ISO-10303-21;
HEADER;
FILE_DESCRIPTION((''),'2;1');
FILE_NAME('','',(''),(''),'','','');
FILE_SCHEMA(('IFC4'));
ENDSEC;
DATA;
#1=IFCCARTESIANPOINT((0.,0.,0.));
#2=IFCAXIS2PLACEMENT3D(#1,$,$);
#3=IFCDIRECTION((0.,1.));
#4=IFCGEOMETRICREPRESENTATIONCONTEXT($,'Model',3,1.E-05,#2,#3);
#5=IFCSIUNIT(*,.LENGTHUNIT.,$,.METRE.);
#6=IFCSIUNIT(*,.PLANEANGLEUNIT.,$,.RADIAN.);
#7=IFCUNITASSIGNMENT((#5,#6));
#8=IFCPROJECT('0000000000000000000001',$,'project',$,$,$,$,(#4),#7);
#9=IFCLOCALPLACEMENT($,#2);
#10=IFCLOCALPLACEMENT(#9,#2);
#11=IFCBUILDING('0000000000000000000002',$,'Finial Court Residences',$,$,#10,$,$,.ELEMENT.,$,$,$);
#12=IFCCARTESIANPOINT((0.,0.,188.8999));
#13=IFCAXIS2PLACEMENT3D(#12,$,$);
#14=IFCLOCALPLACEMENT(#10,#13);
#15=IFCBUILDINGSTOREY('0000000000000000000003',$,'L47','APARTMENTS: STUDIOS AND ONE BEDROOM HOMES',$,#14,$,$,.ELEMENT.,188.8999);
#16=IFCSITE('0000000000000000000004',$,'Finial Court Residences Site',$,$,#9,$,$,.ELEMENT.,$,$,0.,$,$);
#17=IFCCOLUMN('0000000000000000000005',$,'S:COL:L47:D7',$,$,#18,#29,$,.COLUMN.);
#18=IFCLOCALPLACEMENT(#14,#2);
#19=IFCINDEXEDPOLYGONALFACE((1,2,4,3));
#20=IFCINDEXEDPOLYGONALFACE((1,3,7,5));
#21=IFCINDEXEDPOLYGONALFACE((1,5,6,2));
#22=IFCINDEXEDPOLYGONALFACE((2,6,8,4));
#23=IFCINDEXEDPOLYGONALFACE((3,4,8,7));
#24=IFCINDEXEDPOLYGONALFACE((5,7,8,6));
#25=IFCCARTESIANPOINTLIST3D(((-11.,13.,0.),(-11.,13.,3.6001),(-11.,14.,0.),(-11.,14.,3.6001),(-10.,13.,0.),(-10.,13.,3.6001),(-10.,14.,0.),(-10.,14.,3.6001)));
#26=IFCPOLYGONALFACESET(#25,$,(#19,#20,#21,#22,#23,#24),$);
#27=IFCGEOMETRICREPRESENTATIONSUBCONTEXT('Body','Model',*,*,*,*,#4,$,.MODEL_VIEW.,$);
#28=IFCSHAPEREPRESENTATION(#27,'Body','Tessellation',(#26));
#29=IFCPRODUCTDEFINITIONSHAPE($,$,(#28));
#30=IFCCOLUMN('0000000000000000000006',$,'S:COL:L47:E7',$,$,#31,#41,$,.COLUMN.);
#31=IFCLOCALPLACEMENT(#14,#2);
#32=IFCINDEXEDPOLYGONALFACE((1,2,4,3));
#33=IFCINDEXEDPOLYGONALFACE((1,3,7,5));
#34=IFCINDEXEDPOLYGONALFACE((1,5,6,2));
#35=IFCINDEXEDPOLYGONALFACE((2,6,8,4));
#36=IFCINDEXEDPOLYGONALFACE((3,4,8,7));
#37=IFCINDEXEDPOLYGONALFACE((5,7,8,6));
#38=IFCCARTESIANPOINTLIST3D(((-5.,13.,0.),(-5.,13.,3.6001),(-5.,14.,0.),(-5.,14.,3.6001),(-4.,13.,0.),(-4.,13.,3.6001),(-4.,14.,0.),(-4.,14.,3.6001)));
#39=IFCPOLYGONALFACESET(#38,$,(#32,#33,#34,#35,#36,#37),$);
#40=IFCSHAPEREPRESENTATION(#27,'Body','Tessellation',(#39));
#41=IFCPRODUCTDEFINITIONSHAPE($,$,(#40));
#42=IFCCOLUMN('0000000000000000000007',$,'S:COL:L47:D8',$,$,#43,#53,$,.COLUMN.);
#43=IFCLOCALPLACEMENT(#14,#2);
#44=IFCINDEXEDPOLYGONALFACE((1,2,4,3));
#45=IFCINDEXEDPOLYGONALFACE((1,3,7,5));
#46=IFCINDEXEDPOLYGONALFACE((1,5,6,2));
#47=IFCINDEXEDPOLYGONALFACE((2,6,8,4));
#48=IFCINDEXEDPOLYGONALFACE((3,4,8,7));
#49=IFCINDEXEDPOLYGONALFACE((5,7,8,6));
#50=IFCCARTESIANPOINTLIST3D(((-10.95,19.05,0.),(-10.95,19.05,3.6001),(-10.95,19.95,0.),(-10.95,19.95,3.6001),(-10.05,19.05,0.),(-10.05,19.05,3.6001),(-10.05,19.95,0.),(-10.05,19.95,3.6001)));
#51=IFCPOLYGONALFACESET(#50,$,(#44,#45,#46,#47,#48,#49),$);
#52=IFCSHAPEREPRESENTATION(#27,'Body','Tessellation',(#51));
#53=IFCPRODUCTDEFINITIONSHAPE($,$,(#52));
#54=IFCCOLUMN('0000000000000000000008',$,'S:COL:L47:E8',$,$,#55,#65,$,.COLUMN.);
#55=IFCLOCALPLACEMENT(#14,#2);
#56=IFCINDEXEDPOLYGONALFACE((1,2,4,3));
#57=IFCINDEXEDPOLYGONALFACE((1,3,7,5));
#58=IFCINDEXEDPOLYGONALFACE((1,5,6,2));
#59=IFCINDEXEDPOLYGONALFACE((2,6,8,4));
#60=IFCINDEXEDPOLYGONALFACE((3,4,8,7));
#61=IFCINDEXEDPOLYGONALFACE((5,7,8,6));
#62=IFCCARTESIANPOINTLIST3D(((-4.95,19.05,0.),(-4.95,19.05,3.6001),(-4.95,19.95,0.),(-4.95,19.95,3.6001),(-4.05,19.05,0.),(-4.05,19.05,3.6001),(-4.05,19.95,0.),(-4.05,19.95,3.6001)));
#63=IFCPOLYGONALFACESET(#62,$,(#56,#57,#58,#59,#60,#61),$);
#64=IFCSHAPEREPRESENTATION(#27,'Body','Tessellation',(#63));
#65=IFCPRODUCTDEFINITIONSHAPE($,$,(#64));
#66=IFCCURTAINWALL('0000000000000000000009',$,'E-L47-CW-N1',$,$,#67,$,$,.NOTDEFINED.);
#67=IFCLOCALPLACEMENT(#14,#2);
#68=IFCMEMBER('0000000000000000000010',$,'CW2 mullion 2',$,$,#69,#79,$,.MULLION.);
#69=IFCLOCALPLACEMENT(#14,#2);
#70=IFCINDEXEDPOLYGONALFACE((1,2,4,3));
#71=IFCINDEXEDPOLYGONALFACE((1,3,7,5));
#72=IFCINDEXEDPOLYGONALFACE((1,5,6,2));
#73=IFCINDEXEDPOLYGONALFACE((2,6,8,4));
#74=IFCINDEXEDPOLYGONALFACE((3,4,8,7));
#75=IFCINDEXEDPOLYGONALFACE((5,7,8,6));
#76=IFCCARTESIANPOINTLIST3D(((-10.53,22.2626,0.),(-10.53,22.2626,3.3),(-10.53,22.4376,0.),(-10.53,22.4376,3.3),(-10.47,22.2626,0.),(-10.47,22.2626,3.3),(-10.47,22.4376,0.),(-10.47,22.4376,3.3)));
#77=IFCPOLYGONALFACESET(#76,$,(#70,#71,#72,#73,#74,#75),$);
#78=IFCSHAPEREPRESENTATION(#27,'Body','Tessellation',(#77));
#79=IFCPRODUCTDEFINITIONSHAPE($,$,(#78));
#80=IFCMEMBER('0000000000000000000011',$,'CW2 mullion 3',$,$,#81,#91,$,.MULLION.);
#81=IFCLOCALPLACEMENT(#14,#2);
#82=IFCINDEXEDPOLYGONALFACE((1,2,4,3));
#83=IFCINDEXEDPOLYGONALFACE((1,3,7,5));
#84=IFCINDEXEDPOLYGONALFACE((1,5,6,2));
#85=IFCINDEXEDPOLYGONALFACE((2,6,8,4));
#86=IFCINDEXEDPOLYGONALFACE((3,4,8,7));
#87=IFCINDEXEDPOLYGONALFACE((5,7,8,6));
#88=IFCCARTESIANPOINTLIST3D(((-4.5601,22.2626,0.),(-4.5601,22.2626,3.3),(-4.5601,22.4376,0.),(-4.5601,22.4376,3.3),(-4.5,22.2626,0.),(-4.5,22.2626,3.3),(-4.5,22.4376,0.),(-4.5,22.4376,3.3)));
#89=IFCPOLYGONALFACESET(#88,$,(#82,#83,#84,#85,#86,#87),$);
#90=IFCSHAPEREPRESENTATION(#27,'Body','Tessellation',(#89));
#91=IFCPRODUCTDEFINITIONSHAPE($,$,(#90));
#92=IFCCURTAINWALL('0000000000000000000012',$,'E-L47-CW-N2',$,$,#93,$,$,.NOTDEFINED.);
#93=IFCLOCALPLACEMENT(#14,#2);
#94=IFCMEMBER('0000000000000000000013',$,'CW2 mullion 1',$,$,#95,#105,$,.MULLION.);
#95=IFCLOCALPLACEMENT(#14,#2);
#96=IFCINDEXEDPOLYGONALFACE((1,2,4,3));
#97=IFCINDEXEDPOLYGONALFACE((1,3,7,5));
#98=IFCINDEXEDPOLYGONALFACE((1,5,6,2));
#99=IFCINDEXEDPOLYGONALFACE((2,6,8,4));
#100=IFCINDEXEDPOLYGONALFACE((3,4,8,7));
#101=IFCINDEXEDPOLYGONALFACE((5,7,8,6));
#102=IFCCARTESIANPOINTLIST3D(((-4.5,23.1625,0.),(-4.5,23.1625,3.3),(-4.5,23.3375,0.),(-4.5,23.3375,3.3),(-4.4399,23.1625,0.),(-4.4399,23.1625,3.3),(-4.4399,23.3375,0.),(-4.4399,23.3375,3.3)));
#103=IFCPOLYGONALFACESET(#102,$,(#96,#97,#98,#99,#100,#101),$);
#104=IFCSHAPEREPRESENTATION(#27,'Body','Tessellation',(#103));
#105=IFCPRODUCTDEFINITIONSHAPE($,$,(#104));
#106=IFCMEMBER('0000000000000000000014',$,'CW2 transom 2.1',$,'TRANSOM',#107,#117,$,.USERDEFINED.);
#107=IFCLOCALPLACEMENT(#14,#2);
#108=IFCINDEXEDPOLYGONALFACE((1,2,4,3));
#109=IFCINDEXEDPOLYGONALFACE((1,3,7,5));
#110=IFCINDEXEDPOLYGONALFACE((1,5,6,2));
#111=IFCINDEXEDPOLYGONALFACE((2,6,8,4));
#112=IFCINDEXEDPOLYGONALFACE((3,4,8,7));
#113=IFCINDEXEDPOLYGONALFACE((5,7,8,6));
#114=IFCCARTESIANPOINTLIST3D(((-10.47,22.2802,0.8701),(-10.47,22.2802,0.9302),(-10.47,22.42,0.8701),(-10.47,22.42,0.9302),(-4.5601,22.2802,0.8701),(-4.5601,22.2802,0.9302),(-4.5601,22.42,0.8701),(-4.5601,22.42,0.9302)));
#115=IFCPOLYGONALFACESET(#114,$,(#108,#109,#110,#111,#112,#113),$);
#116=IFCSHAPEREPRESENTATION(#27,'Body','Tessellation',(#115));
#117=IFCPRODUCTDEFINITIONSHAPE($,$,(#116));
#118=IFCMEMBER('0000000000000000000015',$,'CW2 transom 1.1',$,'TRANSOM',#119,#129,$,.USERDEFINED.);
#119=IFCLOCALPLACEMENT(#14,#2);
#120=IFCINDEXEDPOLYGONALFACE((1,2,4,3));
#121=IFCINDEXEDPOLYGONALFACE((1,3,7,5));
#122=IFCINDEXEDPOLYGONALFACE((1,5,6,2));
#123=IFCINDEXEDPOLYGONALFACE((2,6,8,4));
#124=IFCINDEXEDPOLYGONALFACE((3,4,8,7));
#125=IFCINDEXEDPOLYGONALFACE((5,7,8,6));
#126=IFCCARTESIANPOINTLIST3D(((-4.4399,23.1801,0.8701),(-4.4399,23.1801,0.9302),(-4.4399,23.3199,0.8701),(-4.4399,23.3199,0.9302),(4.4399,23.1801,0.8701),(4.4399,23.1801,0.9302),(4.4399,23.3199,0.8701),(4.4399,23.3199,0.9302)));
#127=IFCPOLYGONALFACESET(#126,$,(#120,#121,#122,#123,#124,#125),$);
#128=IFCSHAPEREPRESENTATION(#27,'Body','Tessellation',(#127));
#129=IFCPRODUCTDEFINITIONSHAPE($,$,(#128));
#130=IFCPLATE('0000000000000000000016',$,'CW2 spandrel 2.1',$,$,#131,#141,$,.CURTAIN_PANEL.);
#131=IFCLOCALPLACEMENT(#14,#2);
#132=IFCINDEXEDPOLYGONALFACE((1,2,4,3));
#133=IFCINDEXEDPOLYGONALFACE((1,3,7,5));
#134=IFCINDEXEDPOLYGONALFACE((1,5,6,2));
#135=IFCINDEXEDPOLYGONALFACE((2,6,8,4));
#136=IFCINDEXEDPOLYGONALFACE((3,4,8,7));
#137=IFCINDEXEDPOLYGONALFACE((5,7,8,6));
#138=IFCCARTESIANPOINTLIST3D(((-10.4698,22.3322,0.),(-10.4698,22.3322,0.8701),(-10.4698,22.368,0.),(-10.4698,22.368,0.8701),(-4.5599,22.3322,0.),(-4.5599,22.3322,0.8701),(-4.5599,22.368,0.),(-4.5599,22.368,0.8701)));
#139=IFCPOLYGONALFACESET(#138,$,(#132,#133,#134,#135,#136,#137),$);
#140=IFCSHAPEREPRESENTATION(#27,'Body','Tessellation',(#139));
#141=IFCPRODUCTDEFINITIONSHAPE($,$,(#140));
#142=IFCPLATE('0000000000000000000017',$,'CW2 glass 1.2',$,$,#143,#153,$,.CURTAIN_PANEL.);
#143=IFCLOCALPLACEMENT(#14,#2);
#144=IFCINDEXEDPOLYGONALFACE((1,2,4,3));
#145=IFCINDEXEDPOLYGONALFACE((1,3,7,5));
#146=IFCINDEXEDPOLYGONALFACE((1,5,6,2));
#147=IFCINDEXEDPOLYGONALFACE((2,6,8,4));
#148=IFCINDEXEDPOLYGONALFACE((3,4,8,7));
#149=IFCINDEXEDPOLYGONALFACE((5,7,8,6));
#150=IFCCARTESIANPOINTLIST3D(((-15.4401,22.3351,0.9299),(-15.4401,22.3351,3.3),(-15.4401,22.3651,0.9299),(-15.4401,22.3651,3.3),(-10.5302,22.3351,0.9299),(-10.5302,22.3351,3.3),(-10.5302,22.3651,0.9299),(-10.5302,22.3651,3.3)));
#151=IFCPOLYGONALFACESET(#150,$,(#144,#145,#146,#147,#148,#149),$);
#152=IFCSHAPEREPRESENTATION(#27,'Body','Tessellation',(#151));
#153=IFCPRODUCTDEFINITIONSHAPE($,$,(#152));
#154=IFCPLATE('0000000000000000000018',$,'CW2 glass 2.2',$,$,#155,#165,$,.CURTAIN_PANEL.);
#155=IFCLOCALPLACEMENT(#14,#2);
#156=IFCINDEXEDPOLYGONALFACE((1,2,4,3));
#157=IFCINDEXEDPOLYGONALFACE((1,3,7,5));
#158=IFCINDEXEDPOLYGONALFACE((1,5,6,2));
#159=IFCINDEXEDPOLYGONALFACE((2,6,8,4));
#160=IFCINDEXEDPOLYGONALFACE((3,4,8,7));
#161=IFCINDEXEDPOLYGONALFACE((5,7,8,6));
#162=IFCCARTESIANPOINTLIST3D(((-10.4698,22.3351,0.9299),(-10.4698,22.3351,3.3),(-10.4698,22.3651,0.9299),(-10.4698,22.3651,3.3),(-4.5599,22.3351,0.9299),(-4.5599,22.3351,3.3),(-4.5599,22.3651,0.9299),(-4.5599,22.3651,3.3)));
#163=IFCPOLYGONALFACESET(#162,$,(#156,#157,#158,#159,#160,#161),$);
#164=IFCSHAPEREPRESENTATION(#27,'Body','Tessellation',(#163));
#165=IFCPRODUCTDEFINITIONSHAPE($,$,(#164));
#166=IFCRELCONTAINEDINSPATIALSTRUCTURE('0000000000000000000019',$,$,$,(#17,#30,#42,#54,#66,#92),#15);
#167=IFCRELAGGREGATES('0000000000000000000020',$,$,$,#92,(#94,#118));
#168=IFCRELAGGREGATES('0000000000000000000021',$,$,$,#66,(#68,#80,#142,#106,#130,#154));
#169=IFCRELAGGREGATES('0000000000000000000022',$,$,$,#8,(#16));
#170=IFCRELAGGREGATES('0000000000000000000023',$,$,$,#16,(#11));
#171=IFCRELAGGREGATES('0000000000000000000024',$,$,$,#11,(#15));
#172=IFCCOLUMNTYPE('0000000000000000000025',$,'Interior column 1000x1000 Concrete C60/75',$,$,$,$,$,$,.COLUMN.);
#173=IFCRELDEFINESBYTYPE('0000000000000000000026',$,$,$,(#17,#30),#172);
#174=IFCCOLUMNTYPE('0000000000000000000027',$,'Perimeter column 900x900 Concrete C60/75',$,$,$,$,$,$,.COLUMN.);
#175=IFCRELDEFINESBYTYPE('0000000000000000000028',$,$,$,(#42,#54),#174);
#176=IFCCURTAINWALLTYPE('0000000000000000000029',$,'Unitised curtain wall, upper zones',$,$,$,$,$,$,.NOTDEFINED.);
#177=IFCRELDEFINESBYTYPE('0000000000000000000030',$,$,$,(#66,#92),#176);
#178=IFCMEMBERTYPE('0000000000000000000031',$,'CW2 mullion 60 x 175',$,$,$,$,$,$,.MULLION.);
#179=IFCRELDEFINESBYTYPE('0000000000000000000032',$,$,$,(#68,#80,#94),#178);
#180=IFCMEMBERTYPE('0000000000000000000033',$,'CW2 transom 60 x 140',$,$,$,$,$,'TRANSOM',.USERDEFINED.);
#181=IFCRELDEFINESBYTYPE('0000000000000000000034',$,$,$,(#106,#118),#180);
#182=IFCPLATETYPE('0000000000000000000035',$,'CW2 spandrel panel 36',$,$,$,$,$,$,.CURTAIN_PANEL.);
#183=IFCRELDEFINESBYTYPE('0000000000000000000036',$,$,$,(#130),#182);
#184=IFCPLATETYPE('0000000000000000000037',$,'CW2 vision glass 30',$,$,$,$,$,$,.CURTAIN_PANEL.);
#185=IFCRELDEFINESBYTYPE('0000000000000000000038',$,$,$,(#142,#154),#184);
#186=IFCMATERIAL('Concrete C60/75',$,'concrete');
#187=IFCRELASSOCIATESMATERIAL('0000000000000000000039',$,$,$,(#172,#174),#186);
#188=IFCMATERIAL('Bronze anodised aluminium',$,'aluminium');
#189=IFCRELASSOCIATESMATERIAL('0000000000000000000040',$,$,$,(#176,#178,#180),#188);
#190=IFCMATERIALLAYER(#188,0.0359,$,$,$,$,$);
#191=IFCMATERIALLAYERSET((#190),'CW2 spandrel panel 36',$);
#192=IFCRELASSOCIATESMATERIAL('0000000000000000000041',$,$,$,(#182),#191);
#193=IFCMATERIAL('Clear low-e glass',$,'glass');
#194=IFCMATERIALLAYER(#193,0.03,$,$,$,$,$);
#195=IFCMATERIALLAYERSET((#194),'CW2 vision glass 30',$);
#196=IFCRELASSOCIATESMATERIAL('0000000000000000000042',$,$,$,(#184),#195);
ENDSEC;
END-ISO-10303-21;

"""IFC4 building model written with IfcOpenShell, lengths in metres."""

from ifc_helpers import new_model, si_unit, direction, frame, origin, origin_2d, place, context, subcontext, project, spatial, rectangle, extrude, material, layer, layer_set, material_profile, profile_set, type_object, element, aggregate, save


model = new_model("IFC4")

# Units and contexts
model_context = context("Model", 3, precision=1e-05, world=origin(), true_north=direction((0.0, 1.0)))
body_context = subcontext(model_context, "Body", "Model", "MODEL_VIEW")
ifc_project = project(units=[si_unit("LENGTHUNIT", "METRE"), si_unit("PLANEANGLEUNIT", "RADIAN")], contexts=[model_context])

# Site, building, storey
site_placement = place(None, origin())
site = spatial("IfcSite", under=ifc_project, at=site_placement, Name="Finial Court Residences Site", CompositionType="ELEMENT", RefElevation=0.0)
building_placement = place(site_placement, origin())
building = spatial("IfcBuilding", under=site, at=building_placement, Name="Finial Court Residences", CompositionType="ELEMENT")
storey_placement = place(building_placement, frame((0.0, 0.0, 188.8999)))
storey = spatial("IfcBuildingStorey", under=building, at=storey_placement, Name="L47", Description="APARTMENTS: STUDIOS AND ONE BEDROOM HOMES", CompositionType="ELEMENT", Elevation=188.8999)

# Columns
ifc_material_1 = material(Name="Concrete C60/75", Category="concrete")
ifc_material_profile_1 = material_profile(ifc_material_1, rectangle(XDim=1.0, YDim=1.0, at=origin_2d()), Name="1000x1000")
ifc_profile_set_1 = profile_set([ifc_material_profile_1], Name="Concrete C60/75")
column_type_1 = type_object("IfcColumnType", Name="Interior column 1000x1000 Concrete C60/75", PredefinedType="COLUMN", material=ifc_profile_set_1)
for number, where, z_axis, x_axis, name in (
    (1, (-10.5, 13.5, 0.0), (0.0, 0.0, 1.0), (1.0, 0.0, 0.0), "S:COL:L47:D7"),
    (2, (-4.5, 13.5, 0.0), (0.0, 0.0, 1.0), (1.0, 0.0, 0.0), "S:COL:L47:E7"),
):
    element("IfcColumn", number, at=place(storey_placement, frame(where, z_axis=z_axis, x_axis=x_axis)), inside=storey, type_object=column_type_1, Name=name, PredefinedType="COLUMN", context=body_context, shape_type="SweptSolid", body=[
        extrude(rectangle(XDim=1.0, YDim=1.0, at=origin_2d()), origin(), (0.0, 0.0, 1.0), 3.6001),
    ])
ifc_material_profile_2 = material_profile(ifc_material_1, rectangle(XDim=0.8999, YDim=0.8999, at=origin_2d()), Name="900x900")
ifc_profile_set_2 = profile_set([ifc_material_profile_2], Name="Concrete C60/75")
column_type_2 = type_object("IfcColumnType", Name="Perimeter column 900x900 Concrete C60/75", PredefinedType="COLUMN", material=ifc_profile_set_2)
for number, where, z_axis, x_axis, name in (
    (3, (-10.5, 19.5, 0.0), (0.0, 0.0, 1.0), (1.0, 0.0, 0.0), "S:COL:L47:D8"),
    (4, (-4.5, 19.5, 0.0), (0.0, 0.0, 1.0), (1.0, 0.0, 0.0), "S:COL:L47:E8"),
):
    element("IfcColumn", number, at=place(storey_placement, frame(where, z_axis=z_axis, x_axis=x_axis)), inside=storey, type_object=column_type_2, Name=name, PredefinedType="COLUMN", context=body_context, shape_type="SweptSolid", body=[
        extrude(rectangle(XDim=0.8999, YDim=0.8999, at=origin_2d()), origin(), (0.0, 0.0, 1.0), 3.6001),
    ])

# Curtain wall, members
ifc_material_2 = material(Name="Bronze anodised aluminium", Category="aluminium")
curtain_wall_type = type_object("IfcCurtainWallType", Name="Unitised curtain wall, upper zones", PredefinedType="NOTDEFINED", material=ifc_material_2)
curtain_wall_1_placement = place(storey_placement, origin())
curtain_wall_1 = element("IfcCurtainWall", 5, at=curtain_wall_1_placement, inside=storey, type_object=curtain_wall_type, Name="E-L47-CW-N1", PredefinedType="NOTDEFINED")
ifc_material_profile_3 = material_profile(ifc_material_2, rectangle(XDim=0.175, YDim=0.0601, at=origin_2d()), Name="CW2 mullion 60 x 175")
ifc_profile_set_3 = profile_set([ifc_material_profile_3], Name="Bronze anodised aluminium")
member_type_1 = type_object("IfcMemberType", Name="CW2 mullion 60 x 175", PredefinedType="MULLION", material=ifc_profile_set_3)
member_1_placement = place(storey_placement, frame((-10.5, 22.3501, 0.0), z_axis=(0.0, 0.0, 1.0), x_axis=(0.0, 1.0, 0.0)))
member_1 = element("IfcMember", 6, at=member_1_placement, type_object=member_type_1, Name="CW2 mullion 2", PredefinedType="MULLION", context=body_context, shape_type="SweptSolid", body=[
    extrude(rectangle(XDim=0.175, YDim=0.0601, at=origin_2d()), origin(), (0.0, 0.0, 1.0), 3.3),
])
member_2_placement = place(storey_placement, frame((-4.53, 22.3501, 0.0), z_axis=(0.0, 0.0, 1.0), x_axis=(0.0, 1.0, 0.0)))
member_2 = element("IfcMember", 7, at=member_2_placement, type_object=member_type_1, Name="CW2 mullion 3", PredefinedType="MULLION", context=body_context, shape_type="SweptSolid", body=[
    extrude(rectangle(XDim=0.175, YDim=0.0601, at=origin_2d()), origin(), (0.0, 0.0, 1.0), 3.3),
])

# Curtain wall, member
curtain_wall_2_placement = place(storey_placement, origin())
curtain_wall_2 = element("IfcCurtainWall", 8, at=curtain_wall_2_placement, inside=storey, type_object=curtain_wall_type, Name="E-L47-CW-N2", PredefinedType="NOTDEFINED")
member_3_placement = place(storey_placement, frame((-4.47, 23.25, 0.0), z_axis=(0.0, 0.0, 1.0), x_axis=(0.0, 1.0, 0.0)))
member_3 = element("IfcMember", 9, at=member_3_placement, type_object=member_type_1, Name="CW2 mullion 1", PredefinedType="MULLION", context=body_context, shape_type="SweptSolid", body=[
    extrude(rectangle(XDim=0.175, YDim=0.0601, at=origin_2d()), origin(), (0.0, 0.0, 1.0), 3.3),
])

# Members
ifc_material_profile_4 = material_profile(ifc_material_2, rectangle(XDim=0.1399, YDim=0.0601, at=origin_2d()), Name="CW2 transom 60 x 140")
ifc_profile_set_4 = profile_set([ifc_material_profile_4], Name="Bronze anodised aluminium")
member_type_2 = type_object("IfcMemberType", Name="CW2 transom 60 x 140", ElementType="TRANSOM", PredefinedType="USERDEFINED", material=ifc_profile_set_4)
member_4_placement = place(storey_placement, frame((-10.47, 22.3501, 0.9001), z_axis=(1.0, 0.0, 0.0), x_axis=(0.0, 1.0, 0.0)))
member_4 = element("IfcMember", 10, at=member_4_placement, type_object=member_type_2, Name="CW2 transom 2.1", ObjectType="TRANSOM", PredefinedType="USERDEFINED", context=body_context, shape_type="SweptSolid", body=[
    extrude(rectangle(XDim=0.1399, YDim=0.0601, at=origin_2d()), origin(), (0.0, 0.0, 1.0), 5.9099),
])
member_5_placement = place(storey_placement, frame((-4.4399, 23.25, 0.9001), z_axis=(1.0, 0.0, 0.0), x_axis=(0.0, 1.0, 0.0)))
member_5 = element("IfcMember", 11, at=member_5_placement, type_object=member_type_2, Name="CW2 transom 1.1", ObjectType="TRANSOM", PredefinedType="USERDEFINED", context=body_context, shape_type="SweptSolid", body=[
    extrude(rectangle(XDim=0.1399, YDim=0.0601, at=origin_2d()), origin(), (0.0, 0.0, 1.0), 8.8799),
])
aggregate(curtain_wall_2, [member_3, member_5])

# Plates
ifc_layer_1 = layer(ifc_material_2, 0.0359)
ifc_layer_set_1 = layer_set([ifc_layer_1], Name="CW2 spandrel panel 36")
plate_type_1 = type_object("IfcPlateType", Name="CW2 spandrel panel 36", PredefinedType="CURTAIN_PANEL", material=ifc_layer_set_1)
plate_1_placement = place(storey_placement, frame((-7.5149, 22.3501, 0.0), z_axis=(0.0, 0.0, 1.0), x_axis=(1.0, 0.0, 0.0)))
plate_1 = element("IfcPlate", 12, at=plate_1_placement, type_object=plate_type_1, Name="CW2 spandrel 2.1", PredefinedType="CURTAIN_PANEL", context=body_context, shape_type="SweptSolid", body=[
    extrude(rectangle(XDim=5.9099, YDim=0.0359, at=origin_2d()), origin(), (0.0, 0.0, 1.0), 0.8701),
])
ifc_material_3 = material(Name="Clear low-e glass", Category="glass")
ifc_layer_2 = layer(ifc_material_3, 0.03)
ifc_layer_set_2 = layer_set([ifc_layer_2], Name="CW2 vision glass 30")
plate_type_2 = type_object("IfcPlateType", Name="CW2 vision glass 30", PredefinedType="CURTAIN_PANEL", material=ifc_layer_set_2)
plate_2_placement = place(storey_placement, frame((-12.9851, 22.3501, 0.9299), z_axis=(0.0, 0.0, 1.0), x_axis=(1.0, 0.0, 0.0)))
plate_2 = element("IfcPlate", 13, at=plate_2_placement, type_object=plate_type_2, Name="CW2 glass 1.2", PredefinedType="CURTAIN_PANEL", context=body_context, shape_type="SweptSolid", body=[
    extrude(rectangle(XDim=4.9099, YDim=0.03, at=origin_2d()), origin(), (0.0, 0.0, 1.0), 2.3701),
])
plate_3_placement = place(storey_placement, frame((-7.5149, 22.3501, 0.9299), z_axis=(0.0, 0.0, 1.0), x_axis=(1.0, 0.0, 0.0)))
plate_3 = element("IfcPlate", 14, at=plate_3_placement, type_object=plate_type_2, Name="CW2 glass 2.2", PredefinedType="CURTAIN_PANEL", context=body_context, shape_type="SweptSolid", body=[
    extrude(rectangle(XDim=5.9099, YDim=0.03, at=origin_2d()), origin(), (0.0, 0.0, 1.0), 2.3701),
])
aggregate(curtain_wall_1, [member_1, member_2, plate_2, member_4, plate_1, plate_3])

save(model, "model.ifc")
